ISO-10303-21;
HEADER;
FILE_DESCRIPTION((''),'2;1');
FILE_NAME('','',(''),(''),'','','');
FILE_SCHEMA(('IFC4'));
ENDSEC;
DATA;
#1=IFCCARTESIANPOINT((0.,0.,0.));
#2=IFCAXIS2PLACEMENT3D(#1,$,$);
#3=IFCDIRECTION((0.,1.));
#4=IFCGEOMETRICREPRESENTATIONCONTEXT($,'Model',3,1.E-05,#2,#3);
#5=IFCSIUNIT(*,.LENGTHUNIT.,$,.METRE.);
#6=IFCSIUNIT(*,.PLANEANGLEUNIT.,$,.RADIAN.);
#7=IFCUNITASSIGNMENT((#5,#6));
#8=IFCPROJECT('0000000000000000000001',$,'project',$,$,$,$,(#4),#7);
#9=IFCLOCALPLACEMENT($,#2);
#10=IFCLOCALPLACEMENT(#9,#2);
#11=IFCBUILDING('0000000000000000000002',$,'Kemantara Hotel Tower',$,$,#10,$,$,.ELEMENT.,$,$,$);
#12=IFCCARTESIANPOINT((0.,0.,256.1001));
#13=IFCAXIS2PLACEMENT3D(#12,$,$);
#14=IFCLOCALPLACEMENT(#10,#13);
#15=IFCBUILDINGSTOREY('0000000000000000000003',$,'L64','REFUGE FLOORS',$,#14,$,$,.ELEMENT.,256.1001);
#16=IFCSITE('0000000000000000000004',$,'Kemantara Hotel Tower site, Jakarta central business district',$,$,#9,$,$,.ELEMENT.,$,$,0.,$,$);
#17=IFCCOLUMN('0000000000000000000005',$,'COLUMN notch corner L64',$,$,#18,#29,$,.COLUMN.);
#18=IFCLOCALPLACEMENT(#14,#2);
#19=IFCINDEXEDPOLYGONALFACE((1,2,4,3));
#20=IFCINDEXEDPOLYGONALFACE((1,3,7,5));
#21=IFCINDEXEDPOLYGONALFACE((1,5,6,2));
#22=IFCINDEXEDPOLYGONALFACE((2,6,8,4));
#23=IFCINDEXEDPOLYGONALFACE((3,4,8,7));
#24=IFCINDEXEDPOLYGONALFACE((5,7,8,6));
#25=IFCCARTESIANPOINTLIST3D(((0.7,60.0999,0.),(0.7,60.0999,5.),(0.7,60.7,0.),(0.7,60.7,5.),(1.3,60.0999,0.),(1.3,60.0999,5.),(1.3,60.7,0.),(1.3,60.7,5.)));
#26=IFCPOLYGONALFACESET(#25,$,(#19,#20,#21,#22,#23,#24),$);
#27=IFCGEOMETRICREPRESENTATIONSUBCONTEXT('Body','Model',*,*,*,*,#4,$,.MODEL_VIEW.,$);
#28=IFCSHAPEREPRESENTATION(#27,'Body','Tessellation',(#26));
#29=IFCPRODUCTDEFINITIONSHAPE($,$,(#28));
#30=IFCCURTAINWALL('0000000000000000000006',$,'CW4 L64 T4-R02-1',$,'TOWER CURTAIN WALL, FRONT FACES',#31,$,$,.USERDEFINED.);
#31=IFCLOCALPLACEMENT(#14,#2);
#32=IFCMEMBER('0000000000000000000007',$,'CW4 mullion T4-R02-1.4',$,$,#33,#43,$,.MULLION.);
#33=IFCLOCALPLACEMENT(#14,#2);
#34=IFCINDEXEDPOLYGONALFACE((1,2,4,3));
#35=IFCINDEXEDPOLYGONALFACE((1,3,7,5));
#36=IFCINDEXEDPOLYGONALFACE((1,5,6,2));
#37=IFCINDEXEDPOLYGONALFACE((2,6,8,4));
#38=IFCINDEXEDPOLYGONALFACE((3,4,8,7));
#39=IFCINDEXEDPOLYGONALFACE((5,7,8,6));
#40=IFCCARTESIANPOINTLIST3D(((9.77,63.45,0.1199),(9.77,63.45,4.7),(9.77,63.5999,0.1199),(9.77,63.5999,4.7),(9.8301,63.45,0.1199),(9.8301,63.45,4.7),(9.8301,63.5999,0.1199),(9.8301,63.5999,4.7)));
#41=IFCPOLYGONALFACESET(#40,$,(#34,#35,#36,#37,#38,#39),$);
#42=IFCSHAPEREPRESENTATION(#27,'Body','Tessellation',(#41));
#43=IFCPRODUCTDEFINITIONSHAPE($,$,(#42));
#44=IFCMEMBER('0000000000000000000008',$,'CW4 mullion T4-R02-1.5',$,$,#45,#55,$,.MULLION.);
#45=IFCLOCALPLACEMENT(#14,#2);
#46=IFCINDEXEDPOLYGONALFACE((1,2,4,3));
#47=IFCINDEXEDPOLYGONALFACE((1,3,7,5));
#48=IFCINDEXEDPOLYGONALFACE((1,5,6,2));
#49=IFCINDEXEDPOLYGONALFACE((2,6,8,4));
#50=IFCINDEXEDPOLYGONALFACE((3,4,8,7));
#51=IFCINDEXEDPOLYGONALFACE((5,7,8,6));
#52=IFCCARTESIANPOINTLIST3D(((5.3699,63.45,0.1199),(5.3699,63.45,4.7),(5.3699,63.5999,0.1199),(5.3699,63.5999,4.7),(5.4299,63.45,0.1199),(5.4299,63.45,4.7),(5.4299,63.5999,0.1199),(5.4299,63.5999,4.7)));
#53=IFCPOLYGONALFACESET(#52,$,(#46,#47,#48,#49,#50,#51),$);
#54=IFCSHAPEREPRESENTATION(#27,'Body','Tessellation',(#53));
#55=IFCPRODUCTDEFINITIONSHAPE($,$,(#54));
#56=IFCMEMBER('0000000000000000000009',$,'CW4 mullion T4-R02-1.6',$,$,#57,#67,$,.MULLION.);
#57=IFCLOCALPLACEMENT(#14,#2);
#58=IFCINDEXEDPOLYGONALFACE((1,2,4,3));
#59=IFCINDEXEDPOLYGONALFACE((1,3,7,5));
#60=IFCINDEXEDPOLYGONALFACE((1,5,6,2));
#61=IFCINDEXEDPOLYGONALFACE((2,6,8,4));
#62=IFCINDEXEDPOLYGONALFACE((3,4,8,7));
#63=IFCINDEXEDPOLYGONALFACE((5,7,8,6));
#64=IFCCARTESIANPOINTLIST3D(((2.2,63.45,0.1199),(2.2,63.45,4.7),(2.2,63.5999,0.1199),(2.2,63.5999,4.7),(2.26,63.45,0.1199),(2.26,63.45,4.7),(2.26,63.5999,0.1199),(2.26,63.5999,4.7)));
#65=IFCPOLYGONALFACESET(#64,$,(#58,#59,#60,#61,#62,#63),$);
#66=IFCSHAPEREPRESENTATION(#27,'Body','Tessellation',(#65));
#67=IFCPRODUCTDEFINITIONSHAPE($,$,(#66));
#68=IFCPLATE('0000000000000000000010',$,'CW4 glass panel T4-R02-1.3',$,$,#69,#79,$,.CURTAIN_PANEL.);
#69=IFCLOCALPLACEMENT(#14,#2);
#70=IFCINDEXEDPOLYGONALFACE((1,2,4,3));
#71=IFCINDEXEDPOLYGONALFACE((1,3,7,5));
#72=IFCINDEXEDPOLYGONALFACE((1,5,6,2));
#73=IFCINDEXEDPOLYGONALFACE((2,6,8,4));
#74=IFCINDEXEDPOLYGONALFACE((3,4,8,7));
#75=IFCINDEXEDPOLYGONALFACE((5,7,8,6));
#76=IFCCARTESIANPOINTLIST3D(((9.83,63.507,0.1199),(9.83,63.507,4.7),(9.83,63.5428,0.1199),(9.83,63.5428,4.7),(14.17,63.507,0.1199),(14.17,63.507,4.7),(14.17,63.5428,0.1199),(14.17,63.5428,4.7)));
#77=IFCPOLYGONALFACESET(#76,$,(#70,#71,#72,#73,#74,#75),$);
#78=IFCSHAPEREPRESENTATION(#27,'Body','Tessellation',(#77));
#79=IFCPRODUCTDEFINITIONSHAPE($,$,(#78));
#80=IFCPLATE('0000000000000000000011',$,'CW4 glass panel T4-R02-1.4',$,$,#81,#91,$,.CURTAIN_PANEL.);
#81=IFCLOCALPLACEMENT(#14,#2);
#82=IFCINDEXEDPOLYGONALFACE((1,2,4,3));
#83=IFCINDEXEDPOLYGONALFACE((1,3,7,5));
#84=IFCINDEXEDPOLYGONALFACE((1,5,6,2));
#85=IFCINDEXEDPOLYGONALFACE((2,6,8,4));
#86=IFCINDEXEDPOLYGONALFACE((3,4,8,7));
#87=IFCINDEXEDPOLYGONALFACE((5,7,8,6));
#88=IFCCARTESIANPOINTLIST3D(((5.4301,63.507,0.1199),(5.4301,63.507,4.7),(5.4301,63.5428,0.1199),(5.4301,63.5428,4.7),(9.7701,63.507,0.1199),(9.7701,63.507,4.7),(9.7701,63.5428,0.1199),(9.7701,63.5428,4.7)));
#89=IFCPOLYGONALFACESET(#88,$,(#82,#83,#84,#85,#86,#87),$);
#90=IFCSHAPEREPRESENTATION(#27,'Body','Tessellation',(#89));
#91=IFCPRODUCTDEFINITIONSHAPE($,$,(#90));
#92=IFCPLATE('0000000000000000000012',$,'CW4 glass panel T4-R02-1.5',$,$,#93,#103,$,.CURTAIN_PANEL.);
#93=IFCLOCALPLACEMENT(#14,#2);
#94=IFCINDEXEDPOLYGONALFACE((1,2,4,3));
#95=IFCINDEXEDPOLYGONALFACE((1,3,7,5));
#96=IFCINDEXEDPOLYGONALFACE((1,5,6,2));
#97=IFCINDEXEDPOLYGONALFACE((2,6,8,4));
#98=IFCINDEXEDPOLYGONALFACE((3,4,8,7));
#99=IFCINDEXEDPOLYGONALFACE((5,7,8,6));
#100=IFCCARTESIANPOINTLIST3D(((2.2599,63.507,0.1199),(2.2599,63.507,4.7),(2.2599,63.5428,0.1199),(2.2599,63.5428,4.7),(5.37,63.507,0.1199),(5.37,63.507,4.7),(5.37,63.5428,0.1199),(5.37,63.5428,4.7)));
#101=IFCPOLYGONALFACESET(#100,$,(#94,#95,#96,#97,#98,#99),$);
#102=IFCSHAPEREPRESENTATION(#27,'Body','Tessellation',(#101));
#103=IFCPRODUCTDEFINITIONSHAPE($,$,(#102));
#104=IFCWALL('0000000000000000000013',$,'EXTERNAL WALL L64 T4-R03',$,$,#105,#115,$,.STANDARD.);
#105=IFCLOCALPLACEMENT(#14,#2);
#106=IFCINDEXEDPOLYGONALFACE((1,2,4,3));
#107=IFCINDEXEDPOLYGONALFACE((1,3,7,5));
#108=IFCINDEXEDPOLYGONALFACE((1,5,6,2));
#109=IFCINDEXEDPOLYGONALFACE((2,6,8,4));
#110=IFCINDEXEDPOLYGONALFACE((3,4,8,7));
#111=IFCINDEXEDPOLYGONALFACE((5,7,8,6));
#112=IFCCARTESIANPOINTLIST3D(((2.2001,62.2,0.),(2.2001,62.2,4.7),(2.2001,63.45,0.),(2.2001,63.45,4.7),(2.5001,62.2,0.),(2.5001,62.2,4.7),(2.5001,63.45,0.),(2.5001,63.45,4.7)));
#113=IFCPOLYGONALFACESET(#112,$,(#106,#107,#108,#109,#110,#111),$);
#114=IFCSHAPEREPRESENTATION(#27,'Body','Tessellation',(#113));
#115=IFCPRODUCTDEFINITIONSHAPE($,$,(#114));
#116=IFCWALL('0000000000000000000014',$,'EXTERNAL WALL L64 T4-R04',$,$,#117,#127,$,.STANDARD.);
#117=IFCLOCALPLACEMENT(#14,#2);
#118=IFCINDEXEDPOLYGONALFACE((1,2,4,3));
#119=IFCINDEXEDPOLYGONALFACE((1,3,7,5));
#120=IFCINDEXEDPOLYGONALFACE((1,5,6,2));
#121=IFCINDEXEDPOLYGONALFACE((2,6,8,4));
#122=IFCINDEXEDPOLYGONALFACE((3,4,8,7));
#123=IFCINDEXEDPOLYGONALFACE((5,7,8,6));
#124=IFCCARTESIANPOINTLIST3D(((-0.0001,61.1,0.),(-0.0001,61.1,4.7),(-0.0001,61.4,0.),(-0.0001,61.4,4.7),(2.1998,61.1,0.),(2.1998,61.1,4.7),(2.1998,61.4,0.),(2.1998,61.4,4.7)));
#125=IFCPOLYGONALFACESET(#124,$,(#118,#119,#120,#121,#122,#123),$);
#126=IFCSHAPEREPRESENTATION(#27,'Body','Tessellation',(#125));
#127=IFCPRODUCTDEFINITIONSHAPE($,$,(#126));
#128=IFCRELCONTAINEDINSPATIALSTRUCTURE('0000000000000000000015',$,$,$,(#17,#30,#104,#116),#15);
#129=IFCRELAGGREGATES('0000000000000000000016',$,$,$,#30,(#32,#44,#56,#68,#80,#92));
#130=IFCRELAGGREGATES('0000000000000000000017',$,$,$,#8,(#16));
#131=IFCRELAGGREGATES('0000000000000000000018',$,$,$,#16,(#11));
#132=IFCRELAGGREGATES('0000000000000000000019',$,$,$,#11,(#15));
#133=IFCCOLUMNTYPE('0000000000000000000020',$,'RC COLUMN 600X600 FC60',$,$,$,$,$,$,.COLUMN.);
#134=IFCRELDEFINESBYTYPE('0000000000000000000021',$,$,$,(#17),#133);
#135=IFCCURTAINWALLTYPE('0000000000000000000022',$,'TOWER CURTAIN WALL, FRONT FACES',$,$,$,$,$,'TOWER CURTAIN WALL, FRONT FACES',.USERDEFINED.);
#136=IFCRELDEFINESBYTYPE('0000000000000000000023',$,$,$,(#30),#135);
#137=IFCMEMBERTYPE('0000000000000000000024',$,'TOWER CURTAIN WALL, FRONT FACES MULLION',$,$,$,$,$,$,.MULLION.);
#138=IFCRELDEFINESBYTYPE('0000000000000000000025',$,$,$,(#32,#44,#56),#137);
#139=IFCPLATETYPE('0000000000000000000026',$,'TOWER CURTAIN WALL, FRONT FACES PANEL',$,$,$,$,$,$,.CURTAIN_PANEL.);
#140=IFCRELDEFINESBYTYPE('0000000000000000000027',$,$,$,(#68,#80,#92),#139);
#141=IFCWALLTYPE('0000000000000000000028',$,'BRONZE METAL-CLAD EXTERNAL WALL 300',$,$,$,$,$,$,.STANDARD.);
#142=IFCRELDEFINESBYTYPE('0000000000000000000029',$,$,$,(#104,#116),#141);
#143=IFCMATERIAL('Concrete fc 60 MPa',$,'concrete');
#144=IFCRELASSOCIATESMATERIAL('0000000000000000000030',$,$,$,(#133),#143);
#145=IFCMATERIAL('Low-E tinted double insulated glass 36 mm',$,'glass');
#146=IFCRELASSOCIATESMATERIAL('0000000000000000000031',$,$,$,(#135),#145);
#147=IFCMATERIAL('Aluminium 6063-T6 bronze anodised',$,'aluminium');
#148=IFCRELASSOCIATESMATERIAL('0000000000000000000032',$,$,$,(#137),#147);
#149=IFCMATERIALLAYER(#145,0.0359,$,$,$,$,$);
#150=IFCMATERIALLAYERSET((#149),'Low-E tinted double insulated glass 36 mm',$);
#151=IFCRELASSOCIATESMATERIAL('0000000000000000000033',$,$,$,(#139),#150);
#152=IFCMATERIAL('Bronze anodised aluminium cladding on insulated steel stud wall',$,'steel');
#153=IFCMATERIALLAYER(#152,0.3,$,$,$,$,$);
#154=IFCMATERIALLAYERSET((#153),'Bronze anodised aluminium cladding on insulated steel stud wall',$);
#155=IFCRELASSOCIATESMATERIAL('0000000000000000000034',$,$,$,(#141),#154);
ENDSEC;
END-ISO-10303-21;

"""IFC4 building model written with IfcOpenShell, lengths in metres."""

from ifc_helpers import new_model, si_unit, direction, frame, frame_2d, origin, origin_2d, place, context, subcontext, project, spatial, rectangle, extrude, source, transform, mapped, material, layer, layer_set, material_profile, profile_set, type_object, element, aggregate, save


model = new_model("IFC4")

# Units and contexts
model_context = context("Model", 3, precision=1e-05, world=origin(), true_north=direction((0.0, 1.0)))
body_context = subcontext(model_context, "Body", "Model", "MODEL_VIEW")
ifc_project = project(units=[si_unit("LENGTHUNIT", "METRE"), si_unit("PLANEANGLEUNIT", "RADIAN")], contexts=[model_context])

# Site, building, storey
site_placement = place(None, origin())
site = spatial("IfcSite", under=ifc_project, at=site_placement, Name="Kemantara Hotel Tower site, Jakarta central business district", CompositionType="ELEMENT", RefElevation=0.0)
building_placement = place(site_placement, origin())
building = spatial("IfcBuilding", under=site, at=building_placement, Name="Kemantara Hotel Tower", CompositionType="ELEMENT")
storey_placement = place(building_placement, frame((0.0, 0.0, 256.1001)))
storey = spatial("IfcBuildingStorey", under=building, at=storey_placement, Name="L64", Description="REFUGE FLOORS", CompositionType="ELEMENT", Elevation=256.1001)

# Column
ifc_material_1 = material(Name="Concrete fc 60 MPa", Category="concrete")
ifc_material_profile_1 = material_profile(ifc_material_1, rectangle(XDim=0.6001, YDim=0.6001, at=origin_2d()), Name="RC 600X600")
ifc_profile_set_1 = profile_set([ifc_material_profile_1], Name="Concrete fc 60 MPa")
column_type = type_object("IfcColumnType", Name="RC COLUMN 600X600 FC60", PredefinedType="COLUMN", material=ifc_profile_set_1)
column_placement = place(storey_placement, frame((1.0, 60.3999, 0.0), z_axis=(0.0, 0.0, 1.0), x_axis=(1.0, 0.0, 0.0)))
element("IfcColumn", 1, at=column_placement, inside=storey, type_object=column_type, Name="COLUMN notch corner L64", PredefinedType="COLUMN", context=body_context, shape_type="SweptSolid", body=[
    extrude(rectangle(XDim=0.6001, YDim=0.6001, at=origin_2d()), origin(), (0.0, 0.0, 1.0), 5.0),
])

# Curtain wall, members, plates
ifc_material_2 = material(Name="Low-E tinted double insulated glass 36 mm", Category="glass")
curtain_wall_type = type_object("IfcCurtainWallType", Name="TOWER CURTAIN WALL, FRONT FACES", ElementType="TOWER CURTAIN WALL, FRONT FACES", PredefinedType="USERDEFINED", material=ifc_material_2)
curtain_wall_placement = place(storey_placement, origin())
curtain_wall = element("IfcCurtainWall", 2, at=curtain_wall_placement, inside=storey, type_object=curtain_wall_type, Name="CW4 L64 T4-R02-1", ObjectType="TOWER CURTAIN WALL, FRONT FACES", PredefinedType="USERDEFINED")
ifc_material_3 = material(Name="Aluminium 6063-T6 bronze anodised", Category="aluminium")
ifc_material_profile_2 = material_profile(ifc_material_3, rectangle(XDim=0.1499, YDim=0.0601, at=origin_2d()), Name="TOWER CURTAIN WALL, FRONT FACES MULLION")
ifc_profile_set_2 = profile_set([ifc_material_profile_2], Name="Aluminium 6063-T6 bronze anodised")
member_type = type_object("IfcMemberType", Name="TOWER CURTAIN WALL, FRONT FACES MULLION", PredefinedType="MULLION", material=ifc_profile_set_2)
shared_shape_1 = source(origin(), body_context, "Body", "SweptSolid", [
    extrude(rectangle(XDim=0.1499, YDim=0.0601, at=origin_2d()), origin(), (0.0, 0.0, 1.0), 4.5801),
])
member_1_placement = place(storey_placement, frame((9.8, 63.5249, 0.1199), z_axis=(0.0, 0.0, 1.0), x_axis=(0.0, -1.0, 0.0)))
member_1 = element("IfcMember", 3, at=member_1_placement, type_object=member_type, Name="CW4 mullion T4-R02-1.4", PredefinedType="MULLION", context=body_context, shape_type="MappedRepresentation", body=[
    mapped(shared_shape_1, transform((0.0, 0.0, 0.0))),
])
member_2_placement = place(storey_placement, frame((5.3999, 63.5249, 0.1199), z_axis=(0.0, 0.0, 1.0), x_axis=(0.0, -1.0, 0.0)))
member_2 = element("IfcMember", 4, at=member_2_placement, type_object=member_type, Name="CW4 mullion T4-R02-1.5", PredefinedType="MULLION", context=body_context, shape_type="MappedRepresentation", body=[
    mapped(shared_shape_1, transform((0.0, 0.0, 0.0))),
])
member_3_placement = place(storey_placement, frame((2.23, 63.5249, 0.1199), z_axis=(0.0, 0.0, 1.0), x_axis=(0.0, -1.0, 0.0)))
member_3 = element("IfcMember", 5, at=member_3_placement, type_object=member_type, Name="CW4 mullion T4-R02-1.6", PredefinedType="MULLION", context=body_context, shape_type="MappedRepresentation", body=[
    mapped(shared_shape_1, transform((0.0, 0.0, 0.0))),
])
ifc_layer_1 = layer(ifc_material_2, 0.0359)
ifc_layer_set_1 = layer_set([ifc_layer_1], Name="Low-E tinted double insulated glass 36 mm")
plate_type = type_object("IfcPlateType", Name="TOWER CURTAIN WALL, FRONT FACES PANEL", PredefinedType="CURTAIN_PANEL", material=ifc_layer_set_1)
shared_shape_2 = source(origin(), body_context, "Body", "SweptSolid", [
    extrude(rectangle(XDim=4.3401, YDim=0.0359, at=origin_2d()), origin(), (0.0, 0.0, 1.0), 4.5801),
])
plate_1_placement = place(storey_placement, frame((12.0, 63.5249, 0.1199), z_axis=(0.0, 0.0, 1.0), x_axis=(-1.0, 0.0, 0.0)))
plate_1 = element("IfcPlate", 6, at=plate_1_placement, type_object=plate_type, Name="CW4 glass panel T4-R02-1.3", PredefinedType="CURTAIN_PANEL", context=body_context, shape_type="MappedRepresentation", body=[
    mapped(shared_shape_2, transform((0.0, 0.0, 0.0))),
])
plate_2_placement = place(storey_placement, frame((7.6001, 63.5249, 0.1199), z_axis=(0.0, 0.0, 1.0), x_axis=(-1.0, 0.0, 0.0)))
plate_2 = element("IfcPlate", 7, at=plate_2_placement, type_object=plate_type, Name="CW4 glass panel T4-R02-1.4", PredefinedType="CURTAIN_PANEL", context=body_context, shape_type="MappedRepresentation", body=[
    mapped(shared_shape_2, transform((0.0, 0.0, 0.0))),
])
shared_shape_3 = source(origin(), body_context, "Body", "SweptSolid", [
    extrude(rectangle(XDim=3.1101, YDim=0.0359, at=origin_2d()), origin(), (0.0, 0.0, 1.0), 4.5801),
])
plate_3_placement = place(storey_placement, frame((3.8149, 63.5249, 0.1199), z_axis=(0.0, 0.0, 1.0), x_axis=(-1.0, 0.0, 0.0)))
plate_3 = element("IfcPlate", 8, at=plate_3_placement, type_object=plate_type, Name="CW4 glass panel T4-R02-1.5", PredefinedType="CURTAIN_PANEL", context=body_context, shape_type="MappedRepresentation", body=[
    mapped(shared_shape_3, transform((0.0, 0.0, 0.0))),
])
aggregate(curtain_wall, [member_1, member_2, member_3, plate_1, plate_2, plate_3])

# Walls
ifc_material_4 = material(Name="Bronze anodised aluminium cladding on insulated steel stud wall", Category="steel")
ifc_layer_2 = layer(ifc_material_4, 0.3)
ifc_layer_set_2 = layer_set([ifc_layer_2], Name="Bronze anodised aluminium cladding on insulated steel stud wall")
wall_type_1 = type_object("IfcWallType", Name="BRONZE METAL-CLAD EXTERNAL WALL 300", PredefinedType="STANDARD", material=ifc_layer_set_2)
wall_1_placement = place(storey_placement, frame((2.3501, 63.45, 0.0), z_axis=(0.0, 0.0, 1.0), x_axis=(0.0, -1.0, 0.0)))
element("IfcWall", 9, at=wall_1_placement, inside=storey, type_object=wall_type_1, Name="EXTERNAL WALL L64 T4-R03", PredefinedType="STANDARD", context=body_context, shape_type="SweptSolid", body=[
    extrude(rectangle(XDim=1.25, YDim=0.3, at=frame_2d((0.625, 0.0))), origin(), (0.0, 0.0, 1.0), 4.7),
])
wall_2_placement = place(storey_placement, frame((2.2, 61.25, 0.0), z_axis=(0.0, 0.0, 1.0), x_axis=(-1.0, 0.0, 0.0)))
element("IfcWall", 10, at=wall_2_placement, inside=storey, type_object=wall_type_1, Name="EXTERNAL WALL L64 T4-R04", PredefinedType="STANDARD", context=body_context, shape_type="SweptSolid", body=[
    extrude(rectangle(XDim=2.2, YDim=0.3, at=frame_2d((1.1001, 0.0))), origin(), (0.0, 0.0, 1.0), 4.7),
])

save(model, "model.ifc")
